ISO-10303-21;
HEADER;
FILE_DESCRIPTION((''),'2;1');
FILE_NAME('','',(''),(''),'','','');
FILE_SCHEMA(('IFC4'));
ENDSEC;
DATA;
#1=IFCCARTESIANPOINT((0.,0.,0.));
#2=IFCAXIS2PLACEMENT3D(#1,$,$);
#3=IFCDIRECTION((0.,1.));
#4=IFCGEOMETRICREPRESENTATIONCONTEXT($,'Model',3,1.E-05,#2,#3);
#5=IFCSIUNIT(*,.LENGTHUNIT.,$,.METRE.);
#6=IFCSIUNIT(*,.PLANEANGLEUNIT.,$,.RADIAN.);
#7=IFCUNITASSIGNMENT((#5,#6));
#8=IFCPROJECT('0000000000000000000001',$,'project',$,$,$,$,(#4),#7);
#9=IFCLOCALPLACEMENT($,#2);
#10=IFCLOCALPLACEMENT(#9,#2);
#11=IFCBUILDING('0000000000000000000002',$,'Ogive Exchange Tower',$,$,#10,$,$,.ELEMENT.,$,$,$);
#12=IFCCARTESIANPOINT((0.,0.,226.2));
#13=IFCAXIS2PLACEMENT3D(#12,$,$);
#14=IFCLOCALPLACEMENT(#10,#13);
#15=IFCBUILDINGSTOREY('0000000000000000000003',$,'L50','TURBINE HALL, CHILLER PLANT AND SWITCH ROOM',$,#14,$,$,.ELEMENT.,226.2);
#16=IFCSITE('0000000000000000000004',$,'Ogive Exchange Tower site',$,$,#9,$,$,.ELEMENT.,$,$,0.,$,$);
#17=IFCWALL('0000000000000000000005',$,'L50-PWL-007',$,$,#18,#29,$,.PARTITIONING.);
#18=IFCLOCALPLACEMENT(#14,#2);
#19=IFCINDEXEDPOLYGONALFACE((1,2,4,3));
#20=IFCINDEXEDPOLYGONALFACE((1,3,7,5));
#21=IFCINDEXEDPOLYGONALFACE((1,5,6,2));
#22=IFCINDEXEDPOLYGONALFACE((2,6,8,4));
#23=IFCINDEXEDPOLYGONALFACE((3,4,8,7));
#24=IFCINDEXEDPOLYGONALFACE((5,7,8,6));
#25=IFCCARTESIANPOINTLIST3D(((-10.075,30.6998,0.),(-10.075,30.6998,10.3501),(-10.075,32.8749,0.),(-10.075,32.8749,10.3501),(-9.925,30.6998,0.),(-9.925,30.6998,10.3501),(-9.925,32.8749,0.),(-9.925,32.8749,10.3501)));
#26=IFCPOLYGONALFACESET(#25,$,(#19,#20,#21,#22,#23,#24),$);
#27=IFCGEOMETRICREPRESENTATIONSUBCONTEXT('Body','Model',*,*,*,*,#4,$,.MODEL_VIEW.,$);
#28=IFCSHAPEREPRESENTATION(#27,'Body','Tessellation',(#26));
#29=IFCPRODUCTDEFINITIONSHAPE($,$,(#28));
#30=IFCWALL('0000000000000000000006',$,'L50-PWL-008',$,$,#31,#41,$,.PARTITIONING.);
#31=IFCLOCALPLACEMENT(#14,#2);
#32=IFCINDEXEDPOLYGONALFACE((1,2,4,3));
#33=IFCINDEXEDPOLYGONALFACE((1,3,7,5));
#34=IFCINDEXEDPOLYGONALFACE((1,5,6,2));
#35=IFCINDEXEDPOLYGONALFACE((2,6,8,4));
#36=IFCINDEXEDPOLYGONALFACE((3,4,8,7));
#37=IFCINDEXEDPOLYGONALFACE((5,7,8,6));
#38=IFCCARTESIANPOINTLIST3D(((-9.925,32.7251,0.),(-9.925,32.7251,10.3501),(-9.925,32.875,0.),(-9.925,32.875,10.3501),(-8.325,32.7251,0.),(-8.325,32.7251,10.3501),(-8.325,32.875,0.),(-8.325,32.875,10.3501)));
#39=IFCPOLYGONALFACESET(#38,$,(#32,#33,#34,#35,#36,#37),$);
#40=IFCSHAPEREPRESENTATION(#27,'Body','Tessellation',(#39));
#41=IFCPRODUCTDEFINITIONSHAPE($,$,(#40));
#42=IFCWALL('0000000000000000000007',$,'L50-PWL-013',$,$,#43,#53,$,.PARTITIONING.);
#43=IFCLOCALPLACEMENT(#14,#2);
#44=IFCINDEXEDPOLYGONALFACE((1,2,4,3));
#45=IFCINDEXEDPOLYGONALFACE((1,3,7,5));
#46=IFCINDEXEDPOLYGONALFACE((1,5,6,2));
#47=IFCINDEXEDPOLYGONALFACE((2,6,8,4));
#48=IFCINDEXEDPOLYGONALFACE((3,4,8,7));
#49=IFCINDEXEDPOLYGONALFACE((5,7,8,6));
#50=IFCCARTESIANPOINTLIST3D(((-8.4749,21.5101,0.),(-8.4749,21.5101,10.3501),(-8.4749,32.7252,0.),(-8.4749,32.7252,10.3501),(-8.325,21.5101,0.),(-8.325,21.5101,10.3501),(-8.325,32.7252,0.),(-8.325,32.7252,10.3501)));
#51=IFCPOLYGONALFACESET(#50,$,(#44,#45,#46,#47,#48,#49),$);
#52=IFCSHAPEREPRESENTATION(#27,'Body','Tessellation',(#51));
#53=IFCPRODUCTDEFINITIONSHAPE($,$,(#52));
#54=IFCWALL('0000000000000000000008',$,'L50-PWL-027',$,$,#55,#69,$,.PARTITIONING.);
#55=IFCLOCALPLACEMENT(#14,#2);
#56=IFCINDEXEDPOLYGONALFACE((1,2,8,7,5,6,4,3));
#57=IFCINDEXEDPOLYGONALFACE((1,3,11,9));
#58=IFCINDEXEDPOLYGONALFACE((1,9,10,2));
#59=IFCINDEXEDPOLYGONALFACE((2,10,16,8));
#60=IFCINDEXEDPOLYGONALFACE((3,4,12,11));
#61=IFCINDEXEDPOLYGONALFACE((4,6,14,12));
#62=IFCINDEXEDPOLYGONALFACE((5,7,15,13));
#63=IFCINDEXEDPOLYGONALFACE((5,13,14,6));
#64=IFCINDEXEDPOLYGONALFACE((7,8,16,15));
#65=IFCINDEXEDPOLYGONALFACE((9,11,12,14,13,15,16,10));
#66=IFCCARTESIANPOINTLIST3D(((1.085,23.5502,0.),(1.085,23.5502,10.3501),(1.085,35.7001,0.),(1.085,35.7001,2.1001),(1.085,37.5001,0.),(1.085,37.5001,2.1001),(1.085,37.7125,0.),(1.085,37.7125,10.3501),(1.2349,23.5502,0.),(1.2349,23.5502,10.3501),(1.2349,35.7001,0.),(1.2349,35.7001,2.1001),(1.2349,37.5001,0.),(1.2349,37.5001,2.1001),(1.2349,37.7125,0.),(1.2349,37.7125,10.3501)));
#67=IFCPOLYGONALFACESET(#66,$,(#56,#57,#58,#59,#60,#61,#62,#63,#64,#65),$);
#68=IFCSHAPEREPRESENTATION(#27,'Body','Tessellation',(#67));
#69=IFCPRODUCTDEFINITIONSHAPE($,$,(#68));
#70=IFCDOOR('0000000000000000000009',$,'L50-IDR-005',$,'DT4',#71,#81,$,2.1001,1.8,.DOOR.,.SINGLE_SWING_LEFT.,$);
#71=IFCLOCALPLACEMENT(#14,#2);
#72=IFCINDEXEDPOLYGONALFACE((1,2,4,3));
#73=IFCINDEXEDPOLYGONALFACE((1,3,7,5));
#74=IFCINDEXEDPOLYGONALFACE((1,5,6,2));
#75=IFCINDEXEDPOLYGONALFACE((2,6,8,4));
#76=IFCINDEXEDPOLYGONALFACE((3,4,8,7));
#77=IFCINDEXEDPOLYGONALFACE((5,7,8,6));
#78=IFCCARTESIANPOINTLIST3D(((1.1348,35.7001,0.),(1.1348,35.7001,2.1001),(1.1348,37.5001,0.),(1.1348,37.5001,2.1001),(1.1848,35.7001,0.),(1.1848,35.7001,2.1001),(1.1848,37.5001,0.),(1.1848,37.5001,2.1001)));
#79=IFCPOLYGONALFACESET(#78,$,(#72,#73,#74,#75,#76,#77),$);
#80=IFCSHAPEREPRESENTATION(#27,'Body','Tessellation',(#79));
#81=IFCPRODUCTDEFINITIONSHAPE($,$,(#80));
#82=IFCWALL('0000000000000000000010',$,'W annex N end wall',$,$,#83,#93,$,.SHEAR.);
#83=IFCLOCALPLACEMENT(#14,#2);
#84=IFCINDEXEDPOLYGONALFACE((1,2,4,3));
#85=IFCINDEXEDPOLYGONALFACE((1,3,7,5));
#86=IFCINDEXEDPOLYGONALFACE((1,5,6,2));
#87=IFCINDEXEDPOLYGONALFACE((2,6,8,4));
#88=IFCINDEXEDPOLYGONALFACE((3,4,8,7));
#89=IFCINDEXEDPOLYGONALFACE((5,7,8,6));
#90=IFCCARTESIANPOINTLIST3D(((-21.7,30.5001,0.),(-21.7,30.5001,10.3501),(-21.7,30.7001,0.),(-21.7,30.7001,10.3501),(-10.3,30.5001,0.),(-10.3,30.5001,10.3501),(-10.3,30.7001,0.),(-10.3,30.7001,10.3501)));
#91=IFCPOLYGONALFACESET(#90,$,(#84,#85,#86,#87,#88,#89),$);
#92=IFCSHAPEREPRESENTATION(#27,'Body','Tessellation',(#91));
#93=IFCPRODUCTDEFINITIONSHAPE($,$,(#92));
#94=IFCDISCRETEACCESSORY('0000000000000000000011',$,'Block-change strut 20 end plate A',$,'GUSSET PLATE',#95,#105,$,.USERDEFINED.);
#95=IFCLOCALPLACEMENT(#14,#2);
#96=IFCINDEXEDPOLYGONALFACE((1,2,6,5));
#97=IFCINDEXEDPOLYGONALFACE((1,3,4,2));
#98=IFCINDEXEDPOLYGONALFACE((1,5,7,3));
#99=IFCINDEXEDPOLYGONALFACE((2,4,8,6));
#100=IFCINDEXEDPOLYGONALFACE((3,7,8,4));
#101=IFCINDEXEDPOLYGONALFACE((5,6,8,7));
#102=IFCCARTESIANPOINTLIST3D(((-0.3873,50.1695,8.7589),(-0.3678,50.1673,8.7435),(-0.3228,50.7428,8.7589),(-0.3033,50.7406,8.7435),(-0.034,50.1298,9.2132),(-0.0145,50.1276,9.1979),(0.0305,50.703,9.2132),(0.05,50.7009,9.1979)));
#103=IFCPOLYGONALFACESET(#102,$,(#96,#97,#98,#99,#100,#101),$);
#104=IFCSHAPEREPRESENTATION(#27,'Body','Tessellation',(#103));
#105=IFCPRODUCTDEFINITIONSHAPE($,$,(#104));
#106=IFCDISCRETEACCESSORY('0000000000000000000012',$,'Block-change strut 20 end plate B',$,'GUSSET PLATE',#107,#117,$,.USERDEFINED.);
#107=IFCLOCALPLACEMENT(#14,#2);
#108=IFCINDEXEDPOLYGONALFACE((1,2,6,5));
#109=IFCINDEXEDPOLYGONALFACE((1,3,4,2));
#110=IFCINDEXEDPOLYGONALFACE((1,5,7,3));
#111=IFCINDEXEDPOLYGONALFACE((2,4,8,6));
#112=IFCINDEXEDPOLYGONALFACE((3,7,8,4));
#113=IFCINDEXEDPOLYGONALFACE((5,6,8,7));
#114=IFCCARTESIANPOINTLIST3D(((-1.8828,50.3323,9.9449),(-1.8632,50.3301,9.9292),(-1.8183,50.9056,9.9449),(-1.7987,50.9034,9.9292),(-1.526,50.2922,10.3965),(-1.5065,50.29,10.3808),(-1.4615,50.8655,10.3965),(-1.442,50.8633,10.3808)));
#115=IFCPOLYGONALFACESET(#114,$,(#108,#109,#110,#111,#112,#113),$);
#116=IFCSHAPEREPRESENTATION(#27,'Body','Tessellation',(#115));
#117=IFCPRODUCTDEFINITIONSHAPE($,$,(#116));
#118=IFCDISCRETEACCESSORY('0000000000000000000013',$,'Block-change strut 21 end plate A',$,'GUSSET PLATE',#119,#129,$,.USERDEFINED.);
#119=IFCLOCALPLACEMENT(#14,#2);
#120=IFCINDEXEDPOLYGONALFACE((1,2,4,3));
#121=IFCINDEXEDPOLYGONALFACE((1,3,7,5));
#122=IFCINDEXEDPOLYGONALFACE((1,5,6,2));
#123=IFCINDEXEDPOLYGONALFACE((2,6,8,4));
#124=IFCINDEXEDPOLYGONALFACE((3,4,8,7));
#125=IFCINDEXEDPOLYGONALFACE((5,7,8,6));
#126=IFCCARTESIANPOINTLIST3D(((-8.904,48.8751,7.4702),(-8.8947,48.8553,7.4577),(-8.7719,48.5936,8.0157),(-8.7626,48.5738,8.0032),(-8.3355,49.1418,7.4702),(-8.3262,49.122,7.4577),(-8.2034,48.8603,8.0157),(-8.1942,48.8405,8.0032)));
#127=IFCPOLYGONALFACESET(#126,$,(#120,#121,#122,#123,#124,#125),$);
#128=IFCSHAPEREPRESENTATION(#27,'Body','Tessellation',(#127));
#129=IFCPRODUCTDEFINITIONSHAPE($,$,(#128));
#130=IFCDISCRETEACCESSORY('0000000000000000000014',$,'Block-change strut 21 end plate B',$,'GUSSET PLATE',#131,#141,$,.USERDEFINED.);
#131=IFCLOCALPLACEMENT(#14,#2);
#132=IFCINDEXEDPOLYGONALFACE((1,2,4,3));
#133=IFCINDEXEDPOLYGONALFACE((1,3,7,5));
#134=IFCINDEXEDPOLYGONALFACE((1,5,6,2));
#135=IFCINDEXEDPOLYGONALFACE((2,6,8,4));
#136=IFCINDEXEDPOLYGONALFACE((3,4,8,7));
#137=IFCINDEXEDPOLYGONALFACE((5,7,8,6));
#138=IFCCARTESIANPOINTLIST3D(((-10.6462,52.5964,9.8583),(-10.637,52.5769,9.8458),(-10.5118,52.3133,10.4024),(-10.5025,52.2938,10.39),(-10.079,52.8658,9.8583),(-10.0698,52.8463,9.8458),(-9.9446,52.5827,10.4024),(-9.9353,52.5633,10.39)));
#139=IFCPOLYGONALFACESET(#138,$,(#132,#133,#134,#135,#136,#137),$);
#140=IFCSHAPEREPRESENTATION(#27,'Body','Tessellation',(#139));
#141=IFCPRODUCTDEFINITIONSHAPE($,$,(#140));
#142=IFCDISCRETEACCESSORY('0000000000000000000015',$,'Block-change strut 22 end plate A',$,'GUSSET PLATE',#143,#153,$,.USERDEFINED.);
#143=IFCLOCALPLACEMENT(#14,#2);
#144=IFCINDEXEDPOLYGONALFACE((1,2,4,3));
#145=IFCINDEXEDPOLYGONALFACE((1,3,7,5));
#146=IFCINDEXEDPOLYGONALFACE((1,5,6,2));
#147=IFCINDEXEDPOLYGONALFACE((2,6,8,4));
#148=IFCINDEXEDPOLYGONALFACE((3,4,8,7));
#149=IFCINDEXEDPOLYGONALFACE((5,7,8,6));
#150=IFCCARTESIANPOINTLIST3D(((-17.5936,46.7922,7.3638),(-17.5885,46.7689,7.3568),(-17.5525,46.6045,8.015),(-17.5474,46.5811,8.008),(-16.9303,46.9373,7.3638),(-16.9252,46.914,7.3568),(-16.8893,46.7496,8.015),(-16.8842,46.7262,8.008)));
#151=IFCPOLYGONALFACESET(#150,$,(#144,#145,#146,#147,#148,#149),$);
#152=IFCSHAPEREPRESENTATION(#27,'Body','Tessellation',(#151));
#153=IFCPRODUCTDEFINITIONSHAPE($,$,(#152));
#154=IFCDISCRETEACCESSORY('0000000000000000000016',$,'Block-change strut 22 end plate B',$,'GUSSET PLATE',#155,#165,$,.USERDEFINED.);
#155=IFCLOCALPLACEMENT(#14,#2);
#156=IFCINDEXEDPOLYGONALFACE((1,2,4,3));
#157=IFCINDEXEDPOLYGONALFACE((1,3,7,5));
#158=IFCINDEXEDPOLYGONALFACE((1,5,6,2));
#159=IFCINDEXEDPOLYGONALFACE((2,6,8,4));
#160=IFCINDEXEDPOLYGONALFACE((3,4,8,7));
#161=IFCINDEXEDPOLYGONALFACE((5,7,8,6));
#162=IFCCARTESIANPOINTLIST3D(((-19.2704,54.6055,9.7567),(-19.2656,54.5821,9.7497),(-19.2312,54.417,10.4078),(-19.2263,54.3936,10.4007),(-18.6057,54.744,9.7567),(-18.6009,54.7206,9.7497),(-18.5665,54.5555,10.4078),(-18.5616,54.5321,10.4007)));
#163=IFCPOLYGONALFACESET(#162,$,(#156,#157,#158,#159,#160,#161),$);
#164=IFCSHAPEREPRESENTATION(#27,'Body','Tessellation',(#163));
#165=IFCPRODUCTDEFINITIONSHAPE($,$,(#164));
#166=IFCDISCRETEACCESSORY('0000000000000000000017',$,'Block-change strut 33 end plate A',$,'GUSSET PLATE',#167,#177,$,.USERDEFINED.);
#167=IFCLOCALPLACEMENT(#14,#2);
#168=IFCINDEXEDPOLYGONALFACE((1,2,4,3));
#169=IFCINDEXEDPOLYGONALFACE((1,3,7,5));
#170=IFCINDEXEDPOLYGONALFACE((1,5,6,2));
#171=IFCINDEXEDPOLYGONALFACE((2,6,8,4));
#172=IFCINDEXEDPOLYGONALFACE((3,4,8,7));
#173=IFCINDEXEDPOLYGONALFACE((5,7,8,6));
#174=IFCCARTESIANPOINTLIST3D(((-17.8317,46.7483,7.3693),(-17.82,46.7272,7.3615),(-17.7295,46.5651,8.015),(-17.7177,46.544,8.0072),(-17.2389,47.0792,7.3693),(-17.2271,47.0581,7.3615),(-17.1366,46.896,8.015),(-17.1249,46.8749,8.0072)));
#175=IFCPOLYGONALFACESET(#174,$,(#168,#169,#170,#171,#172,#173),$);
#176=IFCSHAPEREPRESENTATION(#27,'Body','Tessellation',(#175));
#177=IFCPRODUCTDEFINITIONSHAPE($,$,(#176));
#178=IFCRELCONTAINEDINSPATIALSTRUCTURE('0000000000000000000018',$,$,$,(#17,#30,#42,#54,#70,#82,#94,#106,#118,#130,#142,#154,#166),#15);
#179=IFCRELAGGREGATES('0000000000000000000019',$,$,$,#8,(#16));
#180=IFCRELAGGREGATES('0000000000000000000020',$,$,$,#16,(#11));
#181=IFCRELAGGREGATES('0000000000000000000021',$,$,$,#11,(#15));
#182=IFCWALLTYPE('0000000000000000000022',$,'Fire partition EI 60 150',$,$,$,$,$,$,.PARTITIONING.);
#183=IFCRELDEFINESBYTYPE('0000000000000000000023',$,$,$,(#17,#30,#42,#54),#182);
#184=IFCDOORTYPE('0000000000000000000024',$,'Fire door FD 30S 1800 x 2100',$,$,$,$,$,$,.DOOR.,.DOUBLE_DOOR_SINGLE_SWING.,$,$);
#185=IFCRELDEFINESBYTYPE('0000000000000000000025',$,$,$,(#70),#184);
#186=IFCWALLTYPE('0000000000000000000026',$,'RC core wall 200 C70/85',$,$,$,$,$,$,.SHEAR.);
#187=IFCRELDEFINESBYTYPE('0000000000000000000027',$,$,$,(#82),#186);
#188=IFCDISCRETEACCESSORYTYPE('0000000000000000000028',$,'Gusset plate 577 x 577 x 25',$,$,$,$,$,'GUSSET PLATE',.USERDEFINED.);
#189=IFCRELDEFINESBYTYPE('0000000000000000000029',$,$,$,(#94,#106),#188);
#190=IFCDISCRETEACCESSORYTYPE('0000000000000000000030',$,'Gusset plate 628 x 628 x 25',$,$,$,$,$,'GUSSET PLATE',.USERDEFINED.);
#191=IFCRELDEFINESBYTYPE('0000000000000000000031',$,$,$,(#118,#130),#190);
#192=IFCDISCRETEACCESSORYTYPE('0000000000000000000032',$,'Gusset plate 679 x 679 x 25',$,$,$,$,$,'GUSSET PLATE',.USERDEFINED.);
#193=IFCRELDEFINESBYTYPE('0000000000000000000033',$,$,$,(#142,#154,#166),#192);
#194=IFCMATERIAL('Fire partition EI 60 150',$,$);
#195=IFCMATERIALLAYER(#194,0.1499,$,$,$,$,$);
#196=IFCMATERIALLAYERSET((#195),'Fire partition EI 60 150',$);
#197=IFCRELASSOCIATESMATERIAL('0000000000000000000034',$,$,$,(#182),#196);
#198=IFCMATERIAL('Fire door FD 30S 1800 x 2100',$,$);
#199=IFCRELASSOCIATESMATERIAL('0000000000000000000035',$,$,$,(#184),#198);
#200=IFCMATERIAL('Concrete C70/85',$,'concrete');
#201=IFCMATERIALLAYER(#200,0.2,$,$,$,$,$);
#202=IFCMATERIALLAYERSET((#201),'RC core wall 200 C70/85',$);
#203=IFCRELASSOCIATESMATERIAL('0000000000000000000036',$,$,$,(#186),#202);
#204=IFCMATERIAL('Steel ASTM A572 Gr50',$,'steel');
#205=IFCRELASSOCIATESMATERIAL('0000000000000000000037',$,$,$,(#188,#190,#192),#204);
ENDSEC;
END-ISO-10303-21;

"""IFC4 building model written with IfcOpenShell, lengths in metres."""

from ifc_helpers import new_model, si_unit, direction, frame, frame_2d, origin, origin_2d, place, context, subcontext, project, spatial, rectangle, extrude, material, layer, layer_set, material_profile, profile_set, type_object, element, fill, save


model = new_model("IFC4")

# Units and contexts
model_context = context("Model", 3, precision=1e-05, world=origin(), true_north=direction((0.0, 1.0)))
body_context = subcontext(model_context, "Body", "Model", "MODEL_VIEW")
ifc_project = project(units=[si_unit("LENGTHUNIT", "METRE"), si_unit("PLANEANGLEUNIT", "RADIAN")], contexts=[model_context])

# Site, building, storey
site_placement = place(None, origin())
site = spatial("IfcSite", under=ifc_project, at=site_placement, Name="Ogive Exchange Tower site", CompositionType="ELEMENT", RefElevation=0.0)
building_placement = place(site_placement, origin())
building = spatial("IfcBuilding", under=site, at=building_placement, Name="Ogive Exchange Tower", CompositionType="ELEMENT")
storey_placement = place(building_placement, frame((0.0, 0.0, 226.2)))
storey = spatial("IfcBuildingStorey", under=building, at=storey_placement, Name="L50", Description="TURBINE HALL, CHILLER PLANT AND SWITCH ROOM", CompositionType="ELEMENT", Elevation=226.2)

# Walls
ifc_material_1 = material(Name="Fire partition EI 60 150")
ifc_layer_1 = layer(ifc_material_1, 0.1499)
ifc_layer_set_1 = layer_set([ifc_layer_1], Name="Fire partition EI 60 150")
wall_type_1 = type_object("IfcWallType", Name="Fire partition EI 60 150", PredefinedType="PARTITIONING", material=ifc_layer_set_1)
wall_1_placement = place(storey_placement, frame((-10.0, 30.7, 0.0), z_axis=(0.0, 0.0, 1.0), x_axis=(0.0, 1.0, 0.0)))
element("IfcWall", 1, at=wall_1_placement, inside=storey, type_object=wall_type_1, Name="L50-PWL-007", PredefinedType="PARTITIONING", context=body_context, shape_type="SweptSolid", body=[
    extrude(rectangle(XDim=2.175, YDim=0.1499, at=frame_2d((1.0874, 0.0))), origin(), (0.0, 0.0, 1.0), 10.3501),
])
wall_2_placement = place(storey_placement, frame((-9.925, 32.8, 0.0), z_axis=(0.0, 0.0, 1.0), x_axis=(1.0, 0.0, 0.0)))
element("IfcWall", 2, at=wall_2_placement, inside=storey, type_object=wall_type_1, Name="L50-PWL-008", PredefinedType="PARTITIONING", context=body_context, shape_type="SweptSolid", body=[
    extrude(rectangle(XDim=1.6001, YDim=0.1499, at=frame_2d((0.8, 0.0))), origin(), (0.0, 0.0, 1.0), 10.3501),
])
wall_3_placement = place(storey_placement, frame((-8.3999, 32.7251, 0.0), z_axis=(0.0, 0.0, 1.0), x_axis=(0.0, -1.0, 0.0)))
element("IfcWall", 3, at=wall_3_placement, inside=storey, type_object=wall_type_1, Name="L50-PWL-013", PredefinedType="PARTITIONING", context=body_context, shape_type="SweptSolid", body=[
    extrude(rectangle(XDim=11.2151, YDim=0.1499, at=frame_2d((5.6074, 0.0))), origin(), (0.0, 0.0, 1.0), 10.3501),
])

# Wall, opening, door
wall_4_placement = place(storey_placement, frame((1.1599, 37.7124, 0.0), z_axis=(0.0, 0.0, 1.0), x_axis=(0.0, -1.0, 0.0)))
wall_4 = element("IfcWall", 4, at=wall_4_placement, inside=storey, type_object=wall_type_1, Name="L50-PWL-027", PredefinedType="PARTITIONING", context=body_context, shape_type="SweptSolid", body=[
    extrude(rectangle(XDim=14.1624, YDim=0.1499, at=frame_2d((7.0811, 0.0))), origin(), (0.0, 0.0, 1.0), 10.3501),
])
opening_placement = place(wall_4_placement, frame((0.2124, 0.0, 0.0)))
opening = element("IfcOpeningElement", 5, at=opening_placement, cuts=wall_4, PredefinedType="OPENING", context=body_context, shape_type="SweptSolid", body=[
    extrude(rectangle(XDim=1.8, YDim=2.1001, at=frame_2d((0.8999, 1.05))), frame((0.0, 0.085, 0.0), z_axis=(0.0, -1.0, 0.0), x_axis=(1.0, 0.0, 0.0)), (0.0, 0.0, 1.0), 0.1699),
])
ifc_material_2 = material(Name="Fire door FD 30S 1800 x 2100")
door_type = type_object("IfcDoorType", Name="Fire door FD 30S 1800 x 2100", OperationType="DOUBLE_DOOR_SINGLE_SWING", PredefinedType="DOOR", material=ifc_material_2)
door_placement = place(opening_placement, origin())
door = element("IfcDoor", 6, at=door_placement, inside=storey, type_object=door_type, Name="L50-IDR-005", ObjectType="DT4", OperationType="SINGLE_SWING_LEFT", OverallHeight=2.1001, OverallWidth=1.8, PredefinedType="DOOR", context=body_context, shape_type="SweptSolid", body=[
    extrude(rectangle(XDim=1.8, YDim=2.1001, at=frame_2d((0.8999, 1.05))), frame((0.0, 0.0249, 0.0), z_axis=(0.0, -1.0, 0.0), x_axis=(1.0, 0.0, 0.0)), (0.0, 0.0, 1.0), 0.05),
])
fill(opening, door)

# Wall
ifc_material_3 = material(Name="Concrete C70/85", Category="concrete")
ifc_layer_2 = layer(ifc_material_3, 0.2)
ifc_layer_set_2 = layer_set([ifc_layer_2], Name="RC core wall 200 C70/85")
wall_type_2 = type_object("IfcWallType", Name="RC core wall 200 C70/85", PredefinedType="SHEAR", material=ifc_layer_set_2)
wall_5_placement = place(storey_placement, frame((-21.7, 30.6001, 0.0), z_axis=(0.0, 0.0, 1.0), x_axis=(1.0, 0.0, 0.0)))
element("IfcWall", 7, at=wall_5_placement, inside=storey, type_object=wall_type_2, Name="W annex N end wall", PredefinedType="SHEAR", context=body_context, shape_type="SweptSolid", body=[
    extrude(rectangle(XDim=11.3999, YDim=0.2, at=frame_2d((5.7, 0.0))), origin(), (0.0, 0.0, 1.0), 10.3501),
])

# Discrete accessories
ifc_material_4 = material(Name="Steel ASTM A572 Gr50", Category="steel")
ifc_material_profile_1 = material_profile(ifc_material_4, rectangle(XDim=0.5769, YDim=0.5769, at=origin_2d()), Name="PL 577 x 577 x 25")
ifc_profile_set_1 = profile_set([ifc_material_profile_1], Name="Steel ASTM A572 Gr50")
discrete_accessory_type_1 = type_object("IfcDiscreteAccessoryType", Name="Gusset plate 577 x 577 x 25", ElementType="GUSSET PLATE", PredefinedType="USERDEFINED", material=ifc_profile_set_1)
discrete_accessory_1_placement = place(storey_placement, frame((-0.1589, 50.4341, 8.9707), z_axis=(-0.782586, 0.088041, 0.616286), x_axis=(-0.111795, -0.993731, 0.0)))
element("IfcDiscreteAccessory", 8, at=discrete_accessory_1_placement, inside=storey, type_object=discrete_accessory_type_1, Name="Block-change strut 20 end plate A", ObjectType="GUSSET PLATE", PredefinedType="USERDEFINED", context=body_context, shape_type="SweptSolid", body=[
    extrude(rectangle(XDim=0.5769, YDim=0.5769, at=origin_2d()), origin(), (0.0, 0.0, 1.0), 0.0249),
])
discrete_accessory_2_placement = place(storey_placement, frame((-1.6526, 50.5967, 10.155), z_axis=(-0.777873, 0.087511, 0.622298), x_axis=(-0.111795, -0.993731, 0.0)))
element("IfcDiscreteAccessory", 9, at=discrete_accessory_2_placement, inside=storey, type_object=discrete_accessory_type_1, Name="Block-change strut 20 end plate B", ObjectType="GUSSET PLATE", PredefinedType="USERDEFINED", context=body_context, shape_type="SweptSolid", body=[
    extrude(rectangle(XDim=0.5769, YDim=0.5769, at=origin_2d()), origin(), (0.0, 0.0, 1.0), 0.0251),
])
ifc_material_profile_2 = material_profile(ifc_material_4, rectangle(XDim=0.6279, YDim=0.6279, at=origin_2d()), Name="PL 628 x 628 x 25")
ifc_profile_set_2 = profile_set([ifc_material_profile_2], Name="Steel ASTM A572 Gr50")
discrete_accessory_type_2 = type_object("IfcDiscreteAccessoryType", Name="Gusset plate 628 x 628 x 25", ElementType="GUSSET PLATE", PredefinedType="USERDEFINED", material=ifc_profile_set_2)
discrete_accessory_3_placement = place(storey_placement, frame((-8.5444, 48.8479, 7.7305), z_axis=(-0.368984, 0.786519, 0.495216), x_axis=(-0.905325, -0.42472, 0.0)))
element("IfcDiscreteAccessory", 10, at=discrete_accessory_3_placement, inside=storey, type_object=discrete_accessory_type_2, Name="Block-change strut 21 end plate A", ObjectType="GUSSET PLATE", PredefinedType="USERDEFINED", context=body_context, shape_type="SweptSolid", body=[
    extrude(rectangle(XDim=0.6279, YDim=0.6279, at=origin_2d()), origin(), (0.0, 0.0, 1.0), 0.0251),
])
discrete_accessory_4_placement = place(storey_placement, frame((-10.2861, 52.5701, 10.1179), z_axis=(-0.371817, 0.782773, 0.499018), x_axis=(-0.903278, -0.429057, 0.0)))
element("IfcDiscreteAccessory", 11, at=discrete_accessory_4_placement, inside=storey, type_object=discrete_accessory_type_2, Name="Block-change strut 21 end plate B", ObjectType="GUSSET PLATE", PredefinedType="USERDEFINED", context=body_context, shape_type="SweptSolid", body=[
    extrude(rectangle(XDim=0.6279, YDim=0.6279, at=origin_2d()), origin(), (0.0, 0.0, 1.0), 0.0249),
])
ifc_material_profile_3 = material_profile(ifc_material_4, rectangle(XDim=0.679, YDim=0.679, at=origin_2d()), Name="PL 679 x 679 x 25")
ifc_profile_set_3 = profile_set([ifc_material_profile_3], Name="Steel ASTM A572 Gr50")
discrete_accessory_type_3 = type_object("IfcDiscreteAccessoryType", Name="Gusset plate 679 x 679 x 25", ElementType="GUSSET PLATE", PredefinedType="USERDEFINED", material=ifc_profile_set_3)
for number, where, z_axis, x_axis, name in (
    (12, (-17.2363, 46.7476, 7.6824), (-0.204959, 0.936953, 0.283038), (-0.9769, -0.213697, 0.0), "Block-change strut 22 end plate A"),
    (13, (-18.9136, 54.5571, 10.0752), (-0.195581, 0.938788, 0.283592), (-0.97898, -0.203954, 0.0), "Block-change strut 22 end plate B"),
):
    element("IfcDiscreteAccessory", number, at=place(storey_placement, frame(where, z_axis=z_axis, x_axis=x_axis)), inside=storey, type_object=discrete_accessory_type_3, Name=name, ObjectType="GUSSET PLATE", PredefinedType="USERDEFINED", context=body_context, shape_type="SweptSolid", body=[
        extrude(rectangle(XDim=0.679, YDim=0.679, at=origin_2d()), origin(), (0.0, 0.0, 1.0), 0.0249),
    ])
discrete_accessory_5_placement = place(storey_placement, frame((-17.4724, 46.801, 7.6843), z_axis=(-0.463514, 0.830463, 0.309009), x_axis=(-0.873198, -0.487366, 0.0)))
element("IfcDiscreteAccessory", 14, at=discrete_accessory_5_placement, inside=storey, type_object=discrete_accessory_type_3, Name="Block-change strut 33 end plate A", ObjectType="GUSSET PLATE", PredefinedType="USERDEFINED", context=body_context, shape_type="SweptSolid", body=[
    extrude(rectangle(XDim=0.679, YDim=0.679, at=origin_2d()), origin(), (0.0, 0.0, 1.0), 0.0254),
])

save(model, "model.ifc")
